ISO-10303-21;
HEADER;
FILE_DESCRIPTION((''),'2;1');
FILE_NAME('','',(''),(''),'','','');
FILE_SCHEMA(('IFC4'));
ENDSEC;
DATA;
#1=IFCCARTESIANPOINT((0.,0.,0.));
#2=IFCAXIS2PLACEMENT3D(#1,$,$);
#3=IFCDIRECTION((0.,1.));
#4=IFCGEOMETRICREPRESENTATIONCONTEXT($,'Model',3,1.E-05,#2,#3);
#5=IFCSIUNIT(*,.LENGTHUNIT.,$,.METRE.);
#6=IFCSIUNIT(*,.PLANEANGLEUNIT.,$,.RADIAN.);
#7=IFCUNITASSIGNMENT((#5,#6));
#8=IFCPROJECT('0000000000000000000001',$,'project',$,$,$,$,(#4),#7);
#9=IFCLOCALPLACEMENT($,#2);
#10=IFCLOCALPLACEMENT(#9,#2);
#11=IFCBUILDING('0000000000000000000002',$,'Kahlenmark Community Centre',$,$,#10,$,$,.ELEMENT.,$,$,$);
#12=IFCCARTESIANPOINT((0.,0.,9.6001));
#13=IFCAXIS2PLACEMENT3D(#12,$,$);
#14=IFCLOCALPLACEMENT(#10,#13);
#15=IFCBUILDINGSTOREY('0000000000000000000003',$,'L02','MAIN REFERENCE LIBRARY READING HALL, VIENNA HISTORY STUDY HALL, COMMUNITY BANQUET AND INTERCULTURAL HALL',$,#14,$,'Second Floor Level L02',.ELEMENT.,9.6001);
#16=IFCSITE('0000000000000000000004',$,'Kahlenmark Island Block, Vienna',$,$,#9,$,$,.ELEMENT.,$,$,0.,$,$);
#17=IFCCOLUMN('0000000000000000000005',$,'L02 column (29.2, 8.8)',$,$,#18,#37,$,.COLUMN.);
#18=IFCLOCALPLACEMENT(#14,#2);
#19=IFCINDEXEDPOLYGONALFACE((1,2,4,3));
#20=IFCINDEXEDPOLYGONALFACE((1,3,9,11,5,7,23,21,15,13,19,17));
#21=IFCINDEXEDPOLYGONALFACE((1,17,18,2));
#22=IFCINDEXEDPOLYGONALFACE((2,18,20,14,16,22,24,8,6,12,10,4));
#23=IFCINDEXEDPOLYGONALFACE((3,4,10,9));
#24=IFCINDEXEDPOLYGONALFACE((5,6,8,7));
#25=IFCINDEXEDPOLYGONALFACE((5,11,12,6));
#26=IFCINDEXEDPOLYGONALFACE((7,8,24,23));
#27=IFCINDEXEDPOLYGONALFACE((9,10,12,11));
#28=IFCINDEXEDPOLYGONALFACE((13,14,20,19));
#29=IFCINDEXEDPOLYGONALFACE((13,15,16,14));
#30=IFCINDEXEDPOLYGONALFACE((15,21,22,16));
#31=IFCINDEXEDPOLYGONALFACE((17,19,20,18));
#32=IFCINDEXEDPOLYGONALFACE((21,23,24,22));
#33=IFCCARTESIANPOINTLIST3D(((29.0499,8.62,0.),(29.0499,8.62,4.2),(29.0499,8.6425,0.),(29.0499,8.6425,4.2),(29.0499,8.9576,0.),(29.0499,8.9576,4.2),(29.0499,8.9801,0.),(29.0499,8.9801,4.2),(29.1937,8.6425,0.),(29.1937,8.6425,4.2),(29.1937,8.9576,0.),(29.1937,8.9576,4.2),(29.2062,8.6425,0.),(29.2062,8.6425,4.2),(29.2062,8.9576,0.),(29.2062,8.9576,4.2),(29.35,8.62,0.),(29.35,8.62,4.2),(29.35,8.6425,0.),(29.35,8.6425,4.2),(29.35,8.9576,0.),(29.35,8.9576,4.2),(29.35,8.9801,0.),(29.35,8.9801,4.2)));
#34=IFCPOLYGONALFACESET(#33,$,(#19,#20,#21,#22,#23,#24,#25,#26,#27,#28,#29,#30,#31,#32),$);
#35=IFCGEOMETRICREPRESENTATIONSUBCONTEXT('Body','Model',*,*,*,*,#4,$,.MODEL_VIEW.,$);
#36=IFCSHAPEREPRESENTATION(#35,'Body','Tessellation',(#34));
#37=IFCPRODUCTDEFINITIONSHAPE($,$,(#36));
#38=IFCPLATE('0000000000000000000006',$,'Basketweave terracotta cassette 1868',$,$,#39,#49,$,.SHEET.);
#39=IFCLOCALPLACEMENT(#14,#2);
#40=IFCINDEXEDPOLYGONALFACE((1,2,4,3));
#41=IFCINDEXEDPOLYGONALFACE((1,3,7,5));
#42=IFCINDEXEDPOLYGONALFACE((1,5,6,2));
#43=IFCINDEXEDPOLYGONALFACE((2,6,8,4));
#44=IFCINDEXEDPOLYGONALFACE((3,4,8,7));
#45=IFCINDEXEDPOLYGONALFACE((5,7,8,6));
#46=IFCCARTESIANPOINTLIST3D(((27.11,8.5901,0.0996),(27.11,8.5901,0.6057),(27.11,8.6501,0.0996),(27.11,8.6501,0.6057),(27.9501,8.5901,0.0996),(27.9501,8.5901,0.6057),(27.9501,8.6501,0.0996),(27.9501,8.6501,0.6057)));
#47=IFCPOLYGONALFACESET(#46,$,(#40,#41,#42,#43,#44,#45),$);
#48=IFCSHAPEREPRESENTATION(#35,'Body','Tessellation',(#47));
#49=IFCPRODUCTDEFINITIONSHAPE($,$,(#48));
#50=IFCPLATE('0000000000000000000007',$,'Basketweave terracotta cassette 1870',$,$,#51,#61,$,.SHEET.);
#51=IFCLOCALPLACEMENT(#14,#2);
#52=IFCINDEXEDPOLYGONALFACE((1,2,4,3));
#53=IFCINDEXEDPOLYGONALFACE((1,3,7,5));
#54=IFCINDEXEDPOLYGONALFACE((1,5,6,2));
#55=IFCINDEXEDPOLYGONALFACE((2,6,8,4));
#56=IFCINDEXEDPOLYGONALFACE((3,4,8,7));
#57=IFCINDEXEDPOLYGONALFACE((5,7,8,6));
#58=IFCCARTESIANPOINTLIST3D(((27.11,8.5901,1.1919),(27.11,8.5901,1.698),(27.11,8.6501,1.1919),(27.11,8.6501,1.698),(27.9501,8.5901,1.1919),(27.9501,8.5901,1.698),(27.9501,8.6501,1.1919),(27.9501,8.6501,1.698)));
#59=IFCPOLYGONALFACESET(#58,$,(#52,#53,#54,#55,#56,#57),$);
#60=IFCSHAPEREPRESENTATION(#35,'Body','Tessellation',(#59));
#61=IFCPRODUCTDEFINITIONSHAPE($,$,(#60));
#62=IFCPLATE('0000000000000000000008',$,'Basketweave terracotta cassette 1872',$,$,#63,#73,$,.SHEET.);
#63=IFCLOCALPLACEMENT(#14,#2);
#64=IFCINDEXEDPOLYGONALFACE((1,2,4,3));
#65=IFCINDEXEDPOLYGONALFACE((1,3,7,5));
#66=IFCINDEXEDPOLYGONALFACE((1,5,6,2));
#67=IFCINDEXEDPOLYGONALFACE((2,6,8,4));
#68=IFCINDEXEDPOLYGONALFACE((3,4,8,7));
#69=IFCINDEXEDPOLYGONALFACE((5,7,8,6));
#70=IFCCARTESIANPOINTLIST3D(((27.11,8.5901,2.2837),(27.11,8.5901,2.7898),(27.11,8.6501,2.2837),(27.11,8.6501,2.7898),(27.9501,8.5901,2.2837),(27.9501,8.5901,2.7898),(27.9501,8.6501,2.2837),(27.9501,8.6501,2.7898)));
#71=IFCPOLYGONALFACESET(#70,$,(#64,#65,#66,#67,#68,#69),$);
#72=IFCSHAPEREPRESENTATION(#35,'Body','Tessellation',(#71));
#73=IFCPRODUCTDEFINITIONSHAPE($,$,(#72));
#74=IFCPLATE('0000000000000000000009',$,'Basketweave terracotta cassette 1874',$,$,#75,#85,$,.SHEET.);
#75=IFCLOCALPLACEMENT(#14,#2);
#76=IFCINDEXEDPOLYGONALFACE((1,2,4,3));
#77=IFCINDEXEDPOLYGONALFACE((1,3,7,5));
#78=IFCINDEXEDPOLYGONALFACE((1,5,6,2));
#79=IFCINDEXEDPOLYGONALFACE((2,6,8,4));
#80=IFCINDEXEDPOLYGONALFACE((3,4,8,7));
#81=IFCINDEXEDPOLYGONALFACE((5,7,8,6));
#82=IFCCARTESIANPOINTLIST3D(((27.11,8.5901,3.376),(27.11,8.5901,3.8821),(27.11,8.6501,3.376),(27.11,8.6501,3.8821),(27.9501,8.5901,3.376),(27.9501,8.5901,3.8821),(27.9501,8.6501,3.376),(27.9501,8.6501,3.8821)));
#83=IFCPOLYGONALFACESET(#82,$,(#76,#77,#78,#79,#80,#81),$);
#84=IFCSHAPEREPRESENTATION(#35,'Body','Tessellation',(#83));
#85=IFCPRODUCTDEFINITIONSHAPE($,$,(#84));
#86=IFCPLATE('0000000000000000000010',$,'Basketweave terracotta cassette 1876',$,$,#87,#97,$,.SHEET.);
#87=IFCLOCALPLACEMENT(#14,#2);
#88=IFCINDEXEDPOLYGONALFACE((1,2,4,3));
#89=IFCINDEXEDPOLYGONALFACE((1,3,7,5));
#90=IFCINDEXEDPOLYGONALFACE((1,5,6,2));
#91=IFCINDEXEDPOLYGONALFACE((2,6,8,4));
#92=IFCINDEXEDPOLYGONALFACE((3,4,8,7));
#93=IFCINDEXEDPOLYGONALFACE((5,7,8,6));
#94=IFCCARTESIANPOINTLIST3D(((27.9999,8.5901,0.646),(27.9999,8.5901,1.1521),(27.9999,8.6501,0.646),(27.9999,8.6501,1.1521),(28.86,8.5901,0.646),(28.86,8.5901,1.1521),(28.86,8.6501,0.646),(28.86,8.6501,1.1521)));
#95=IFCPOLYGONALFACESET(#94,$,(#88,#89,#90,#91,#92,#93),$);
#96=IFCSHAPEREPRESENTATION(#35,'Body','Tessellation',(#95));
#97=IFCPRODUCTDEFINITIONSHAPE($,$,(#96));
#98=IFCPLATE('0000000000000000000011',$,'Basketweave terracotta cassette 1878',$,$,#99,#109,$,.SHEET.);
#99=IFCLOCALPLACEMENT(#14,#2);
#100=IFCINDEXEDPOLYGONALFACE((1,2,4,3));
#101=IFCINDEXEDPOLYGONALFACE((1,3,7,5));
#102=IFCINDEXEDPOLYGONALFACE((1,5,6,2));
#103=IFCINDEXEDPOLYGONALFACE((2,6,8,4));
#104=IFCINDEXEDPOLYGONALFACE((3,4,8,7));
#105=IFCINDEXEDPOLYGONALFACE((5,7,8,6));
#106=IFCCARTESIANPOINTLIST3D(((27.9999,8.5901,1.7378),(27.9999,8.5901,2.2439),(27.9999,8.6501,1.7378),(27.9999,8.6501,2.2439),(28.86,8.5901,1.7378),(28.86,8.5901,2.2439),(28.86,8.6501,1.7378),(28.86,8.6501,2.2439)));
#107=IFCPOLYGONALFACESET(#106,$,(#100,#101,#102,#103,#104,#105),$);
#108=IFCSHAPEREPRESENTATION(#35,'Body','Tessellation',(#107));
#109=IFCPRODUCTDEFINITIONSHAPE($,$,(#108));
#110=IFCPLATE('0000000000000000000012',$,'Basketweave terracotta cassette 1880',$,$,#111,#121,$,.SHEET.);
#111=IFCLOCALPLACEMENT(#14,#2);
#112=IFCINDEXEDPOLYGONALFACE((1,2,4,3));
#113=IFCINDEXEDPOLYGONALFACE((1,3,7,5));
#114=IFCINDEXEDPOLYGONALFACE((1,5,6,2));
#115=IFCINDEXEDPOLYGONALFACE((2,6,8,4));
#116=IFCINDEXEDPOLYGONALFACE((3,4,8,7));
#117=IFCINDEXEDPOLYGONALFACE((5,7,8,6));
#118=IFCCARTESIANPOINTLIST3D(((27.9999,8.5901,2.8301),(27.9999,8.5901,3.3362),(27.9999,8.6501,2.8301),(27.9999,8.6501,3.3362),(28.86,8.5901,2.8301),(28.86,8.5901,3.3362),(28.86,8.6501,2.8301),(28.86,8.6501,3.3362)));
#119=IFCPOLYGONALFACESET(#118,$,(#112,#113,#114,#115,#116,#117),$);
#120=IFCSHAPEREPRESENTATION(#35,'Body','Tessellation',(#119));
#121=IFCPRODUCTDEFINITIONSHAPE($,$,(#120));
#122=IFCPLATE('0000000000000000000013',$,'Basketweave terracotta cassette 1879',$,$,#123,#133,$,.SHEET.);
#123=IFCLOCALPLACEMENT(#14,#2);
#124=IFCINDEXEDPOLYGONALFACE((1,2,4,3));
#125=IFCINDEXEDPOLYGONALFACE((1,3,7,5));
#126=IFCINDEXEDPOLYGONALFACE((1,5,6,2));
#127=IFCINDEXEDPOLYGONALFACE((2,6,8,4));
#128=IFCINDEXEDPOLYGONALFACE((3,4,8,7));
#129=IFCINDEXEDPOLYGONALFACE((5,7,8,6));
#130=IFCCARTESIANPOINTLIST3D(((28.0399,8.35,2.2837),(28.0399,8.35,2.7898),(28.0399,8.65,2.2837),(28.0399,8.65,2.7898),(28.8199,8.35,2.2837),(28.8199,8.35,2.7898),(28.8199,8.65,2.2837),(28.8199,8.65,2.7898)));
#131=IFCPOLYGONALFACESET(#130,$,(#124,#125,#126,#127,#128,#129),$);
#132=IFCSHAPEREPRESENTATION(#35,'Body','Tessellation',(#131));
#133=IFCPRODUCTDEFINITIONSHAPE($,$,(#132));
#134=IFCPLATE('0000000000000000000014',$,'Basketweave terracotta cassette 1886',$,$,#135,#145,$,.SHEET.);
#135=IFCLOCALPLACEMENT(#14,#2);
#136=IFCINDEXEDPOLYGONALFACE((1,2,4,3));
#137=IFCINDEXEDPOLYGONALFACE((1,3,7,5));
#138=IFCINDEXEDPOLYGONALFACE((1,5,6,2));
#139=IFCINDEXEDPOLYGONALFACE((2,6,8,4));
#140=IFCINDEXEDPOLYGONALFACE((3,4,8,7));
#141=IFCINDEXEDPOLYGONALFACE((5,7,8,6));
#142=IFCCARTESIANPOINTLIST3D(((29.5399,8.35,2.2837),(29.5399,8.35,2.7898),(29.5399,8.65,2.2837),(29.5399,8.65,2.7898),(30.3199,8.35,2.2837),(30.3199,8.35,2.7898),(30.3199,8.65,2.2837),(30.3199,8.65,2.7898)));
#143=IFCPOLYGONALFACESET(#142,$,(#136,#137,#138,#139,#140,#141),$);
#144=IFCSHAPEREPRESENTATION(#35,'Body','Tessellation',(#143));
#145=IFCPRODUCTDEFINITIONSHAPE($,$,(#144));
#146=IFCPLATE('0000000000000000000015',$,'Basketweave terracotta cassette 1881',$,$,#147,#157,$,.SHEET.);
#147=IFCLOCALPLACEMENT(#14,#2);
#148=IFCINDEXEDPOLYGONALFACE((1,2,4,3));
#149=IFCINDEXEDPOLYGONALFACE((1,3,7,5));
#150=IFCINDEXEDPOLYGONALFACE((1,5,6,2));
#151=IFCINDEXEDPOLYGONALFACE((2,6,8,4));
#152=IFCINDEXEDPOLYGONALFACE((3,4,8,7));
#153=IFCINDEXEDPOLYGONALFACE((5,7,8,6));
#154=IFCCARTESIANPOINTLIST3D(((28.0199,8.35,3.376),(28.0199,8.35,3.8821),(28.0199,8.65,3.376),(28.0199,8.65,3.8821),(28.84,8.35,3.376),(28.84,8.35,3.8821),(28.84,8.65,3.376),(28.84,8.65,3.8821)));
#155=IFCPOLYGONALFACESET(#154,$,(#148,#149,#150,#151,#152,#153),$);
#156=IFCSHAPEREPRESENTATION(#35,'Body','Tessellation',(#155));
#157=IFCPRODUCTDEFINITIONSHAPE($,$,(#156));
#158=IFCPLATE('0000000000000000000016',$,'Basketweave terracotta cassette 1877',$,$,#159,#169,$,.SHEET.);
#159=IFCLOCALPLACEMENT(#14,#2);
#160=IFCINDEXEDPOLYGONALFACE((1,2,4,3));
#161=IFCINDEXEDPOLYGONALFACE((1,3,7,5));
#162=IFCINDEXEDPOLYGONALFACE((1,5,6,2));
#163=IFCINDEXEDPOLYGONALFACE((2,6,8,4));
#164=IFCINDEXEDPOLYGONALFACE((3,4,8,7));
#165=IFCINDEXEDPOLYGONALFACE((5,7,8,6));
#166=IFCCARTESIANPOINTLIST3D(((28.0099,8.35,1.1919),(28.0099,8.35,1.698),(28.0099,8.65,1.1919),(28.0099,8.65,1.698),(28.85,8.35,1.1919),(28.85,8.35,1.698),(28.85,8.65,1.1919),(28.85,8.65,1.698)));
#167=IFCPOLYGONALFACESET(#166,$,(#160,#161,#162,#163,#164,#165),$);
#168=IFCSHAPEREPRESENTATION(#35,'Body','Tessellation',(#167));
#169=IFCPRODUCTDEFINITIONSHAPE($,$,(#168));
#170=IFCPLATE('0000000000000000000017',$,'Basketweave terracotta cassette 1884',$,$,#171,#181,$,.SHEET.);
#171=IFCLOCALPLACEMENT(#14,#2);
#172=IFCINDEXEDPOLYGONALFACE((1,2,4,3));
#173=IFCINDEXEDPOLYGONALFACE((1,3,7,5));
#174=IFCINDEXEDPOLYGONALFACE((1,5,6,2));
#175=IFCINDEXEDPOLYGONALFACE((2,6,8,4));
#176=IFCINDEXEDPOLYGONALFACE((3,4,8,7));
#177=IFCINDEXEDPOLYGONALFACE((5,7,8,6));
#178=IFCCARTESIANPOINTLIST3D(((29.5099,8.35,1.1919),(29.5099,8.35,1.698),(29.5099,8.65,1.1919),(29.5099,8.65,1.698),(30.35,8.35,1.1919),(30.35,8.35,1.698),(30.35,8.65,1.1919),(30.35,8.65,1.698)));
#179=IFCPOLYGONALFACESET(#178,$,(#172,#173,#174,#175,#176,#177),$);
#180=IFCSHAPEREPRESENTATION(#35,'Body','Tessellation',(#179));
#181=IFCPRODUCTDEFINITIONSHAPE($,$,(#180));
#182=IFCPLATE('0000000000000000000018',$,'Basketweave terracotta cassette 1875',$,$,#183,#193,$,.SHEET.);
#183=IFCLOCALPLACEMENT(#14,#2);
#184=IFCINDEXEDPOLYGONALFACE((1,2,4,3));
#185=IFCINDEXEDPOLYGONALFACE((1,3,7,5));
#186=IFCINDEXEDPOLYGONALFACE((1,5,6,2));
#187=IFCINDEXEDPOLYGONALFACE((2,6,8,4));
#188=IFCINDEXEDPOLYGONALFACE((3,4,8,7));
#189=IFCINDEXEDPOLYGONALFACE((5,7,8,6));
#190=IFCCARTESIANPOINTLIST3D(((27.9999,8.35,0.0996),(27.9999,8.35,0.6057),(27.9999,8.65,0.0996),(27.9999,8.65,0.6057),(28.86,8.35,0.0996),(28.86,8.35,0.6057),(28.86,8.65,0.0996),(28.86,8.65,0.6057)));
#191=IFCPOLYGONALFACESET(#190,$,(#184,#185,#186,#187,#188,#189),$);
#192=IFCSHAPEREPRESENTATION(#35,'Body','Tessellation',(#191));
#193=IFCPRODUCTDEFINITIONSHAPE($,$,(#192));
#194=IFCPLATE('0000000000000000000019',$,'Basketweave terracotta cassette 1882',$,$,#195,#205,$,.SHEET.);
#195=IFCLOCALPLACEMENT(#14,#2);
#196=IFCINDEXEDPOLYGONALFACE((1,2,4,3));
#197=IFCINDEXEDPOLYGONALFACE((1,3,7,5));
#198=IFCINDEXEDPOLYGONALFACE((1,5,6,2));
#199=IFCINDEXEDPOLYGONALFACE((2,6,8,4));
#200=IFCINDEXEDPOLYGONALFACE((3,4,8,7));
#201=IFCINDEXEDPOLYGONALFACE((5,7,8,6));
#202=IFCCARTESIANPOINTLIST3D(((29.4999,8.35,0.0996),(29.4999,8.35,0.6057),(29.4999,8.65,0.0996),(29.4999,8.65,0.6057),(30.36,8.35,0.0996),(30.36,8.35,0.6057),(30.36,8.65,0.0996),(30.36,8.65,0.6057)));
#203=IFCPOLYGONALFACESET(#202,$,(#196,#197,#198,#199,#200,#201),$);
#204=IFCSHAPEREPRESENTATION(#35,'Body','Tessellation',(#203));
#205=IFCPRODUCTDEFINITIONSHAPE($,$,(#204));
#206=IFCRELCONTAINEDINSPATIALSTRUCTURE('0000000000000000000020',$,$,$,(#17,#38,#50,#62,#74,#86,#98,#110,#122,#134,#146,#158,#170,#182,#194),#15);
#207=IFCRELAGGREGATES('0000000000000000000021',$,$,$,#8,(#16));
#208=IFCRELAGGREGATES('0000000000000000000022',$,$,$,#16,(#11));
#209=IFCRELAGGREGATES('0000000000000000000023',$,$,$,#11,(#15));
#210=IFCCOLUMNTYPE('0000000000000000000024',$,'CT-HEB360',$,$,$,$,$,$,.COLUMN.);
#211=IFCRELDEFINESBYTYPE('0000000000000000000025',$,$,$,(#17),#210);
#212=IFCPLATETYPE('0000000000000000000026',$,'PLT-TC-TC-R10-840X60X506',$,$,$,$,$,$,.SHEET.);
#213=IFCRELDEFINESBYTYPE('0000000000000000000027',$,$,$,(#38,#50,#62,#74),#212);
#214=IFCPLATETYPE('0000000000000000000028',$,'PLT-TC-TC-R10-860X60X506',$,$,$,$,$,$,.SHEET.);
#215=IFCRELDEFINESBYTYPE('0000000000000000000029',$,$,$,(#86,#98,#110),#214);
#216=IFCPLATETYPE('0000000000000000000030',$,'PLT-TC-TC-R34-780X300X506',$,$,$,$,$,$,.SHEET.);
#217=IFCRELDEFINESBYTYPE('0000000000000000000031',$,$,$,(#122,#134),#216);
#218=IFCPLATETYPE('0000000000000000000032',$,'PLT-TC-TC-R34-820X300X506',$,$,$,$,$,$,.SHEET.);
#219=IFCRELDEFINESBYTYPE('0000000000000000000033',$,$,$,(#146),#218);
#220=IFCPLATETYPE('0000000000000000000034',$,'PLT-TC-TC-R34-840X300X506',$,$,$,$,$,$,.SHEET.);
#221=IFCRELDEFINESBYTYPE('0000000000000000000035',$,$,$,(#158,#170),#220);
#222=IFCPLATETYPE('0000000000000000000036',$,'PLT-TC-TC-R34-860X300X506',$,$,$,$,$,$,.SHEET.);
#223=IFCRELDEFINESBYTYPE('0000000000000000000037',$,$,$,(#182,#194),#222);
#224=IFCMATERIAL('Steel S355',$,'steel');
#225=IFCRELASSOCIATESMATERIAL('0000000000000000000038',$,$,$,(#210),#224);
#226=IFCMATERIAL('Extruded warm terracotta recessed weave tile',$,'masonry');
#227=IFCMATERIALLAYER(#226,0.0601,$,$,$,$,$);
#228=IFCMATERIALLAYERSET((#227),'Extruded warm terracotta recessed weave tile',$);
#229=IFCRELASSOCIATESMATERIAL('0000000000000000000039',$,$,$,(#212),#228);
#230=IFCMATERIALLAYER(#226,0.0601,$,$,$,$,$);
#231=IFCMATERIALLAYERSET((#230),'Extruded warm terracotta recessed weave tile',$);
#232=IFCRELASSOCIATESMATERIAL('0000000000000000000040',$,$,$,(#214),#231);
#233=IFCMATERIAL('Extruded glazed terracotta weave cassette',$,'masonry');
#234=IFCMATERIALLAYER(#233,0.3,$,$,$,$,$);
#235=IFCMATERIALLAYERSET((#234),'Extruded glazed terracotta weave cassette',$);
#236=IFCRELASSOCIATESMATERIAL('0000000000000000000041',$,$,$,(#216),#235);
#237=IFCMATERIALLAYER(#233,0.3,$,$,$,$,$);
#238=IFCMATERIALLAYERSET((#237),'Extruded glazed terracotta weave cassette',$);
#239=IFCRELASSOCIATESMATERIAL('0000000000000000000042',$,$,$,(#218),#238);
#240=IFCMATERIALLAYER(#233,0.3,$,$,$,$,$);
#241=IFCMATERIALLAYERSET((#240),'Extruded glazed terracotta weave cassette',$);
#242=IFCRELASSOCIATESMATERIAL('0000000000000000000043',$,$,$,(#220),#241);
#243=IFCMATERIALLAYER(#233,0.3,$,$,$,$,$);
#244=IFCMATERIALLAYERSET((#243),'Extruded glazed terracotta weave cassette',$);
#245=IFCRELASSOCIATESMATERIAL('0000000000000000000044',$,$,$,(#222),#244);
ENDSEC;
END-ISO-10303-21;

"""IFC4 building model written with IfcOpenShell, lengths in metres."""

from ifc_helpers import new_model, si_unit, direction, frame, origin, origin_2d, place, context, subcontext, project, spatial, rectangle, i_section, extrude, material, layer, layer_set, material_profile, profile_set, type_object, element, save


model = new_model("IFC4")

# Units and contexts
model_context = context("Model", 3, precision=1e-05, world=origin(), true_north=direction((0.0, 1.0)))
body_context = subcontext(model_context, "Body", "Model", "MODEL_VIEW")
ifc_project = project(units=[si_unit("LENGTHUNIT", "METRE"), si_unit("PLANEANGLEUNIT", "RADIAN")], contexts=[model_context])

# Site, building, storey
site_placement = place(None, origin())
site = spatial("IfcSite", under=ifc_project, at=site_placement, Name="Kahlenmark Island Block, Vienna", CompositionType="ELEMENT", RefElevation=0.0)
building_placement = place(site_placement, origin())
building = spatial("IfcBuilding", under=site, at=building_placement, Name="Kahlenmark Community Centre", CompositionType="ELEMENT")
storey_placement = place(building_placement, frame((0.0, 0.0, 9.6001)))
storey = spatial("IfcBuildingStorey", under=building, at=storey_placement, Name="L02", Description="MAIN REFERENCE LIBRARY READING HALL, VIENNA HISTORY STUDY HALL, COMMUNITY BANQUET AND INTERCULTURAL HALL", LongName="Second Floor Level L02", CompositionType="ELEMENT", Elevation=9.6001)

# Column
ifc_material_1 = material(Name="Steel S355", Category="steel")
ifc_material_profile = material_profile(ifc_material_1, i_section(OverallWidth=0.3, OverallDepth=0.3601, WebThickness=0.0125, FlangeThickness=0.0225, at=origin_2d()), Name="HEB 360")
ifc_profile_set = profile_set([ifc_material_profile], Name="Steel S355")
column_type = type_object("IfcColumnType", Name="CT-HEB360", PredefinedType="COLUMN", material=ifc_profile_set)
column_placement = place(storey_placement, frame((29.2, 8.8, 0.0), z_axis=(0.0, 0.0, 1.0), x_axis=(1.0, 0.0, 0.0)))
element("IfcColumn", 1, at=column_placement, inside=storey, type_object=column_type, Name="L02 column (29.2, 8.8)", PredefinedType="COLUMN", context=body_context, shape_type="SweptSolid", body=[
    extrude(i_section(OverallWidth=0.3, OverallDepth=0.3601, WebThickness=0.0125, FlangeThickness=0.0225, at=origin_2d()), origin(), (0.0, 0.0, 1.0), 4.2),
])

# Plates
ifc_material_2 = material(Name="Extruded warm terracotta recessed weave tile", Category="masonry")
ifc_layer_1 = layer(ifc_material_2, 0.0601)
ifc_layer_set_1 = layer_set([ifc_layer_1], Name="Extruded warm terracotta recessed weave tile")
plate_type_1 = type_object("IfcPlateType", Name="PLT-TC-TC-R10-840X60X506", PredefinedType="SHEET", material=ifc_layer_set_1)
for number, where, z_axis, x_axis, name in (
    (2, (27.53, 8.6201, 0.0996), (0.0, 0.0, 1.0), (1.0, 0.0, 0.0), "Basketweave terracotta cassette 1868"),
    (3, (27.53, 8.6201, 1.1919), (0.0, 0.0, 1.0), (1.0, 0.0, 0.0), "Basketweave terracotta cassette 1870"),
    (4, (27.53, 8.6201, 2.2837), (0.0, 0.0, 1.0), (1.0, 0.0, 0.0), "Basketweave terracotta cassette 1872"),
    (5, (27.53, 8.6201, 3.376), (0.0, 0.0, 1.0), (1.0, 0.0, 0.0), "Basketweave terracotta cassette 1874"),
):
    element("IfcPlate", number, at=place(storey_placement, frame(where, z_axis=z_axis, x_axis=x_axis)), inside=storey, type_object=plate_type_1, Name=name, PredefinedType="SHEET", context=body_context, shape_type="SweptSolid", body=[
        extrude(rectangle(XDim=0.8401, YDim=0.0601, at=origin_2d()), origin(), (0.0, 0.0, 1.0), 0.5061),
    ])
ifc_layer_2 = layer(ifc_material_2, 0.0601)
ifc_layer_set_2 = layer_set([ifc_layer_2], Name="Extruded warm terracotta recessed weave tile")
plate_type_2 = type_object("IfcPlateType", Name="PLT-TC-TC-R10-860X60X506", PredefinedType="SHEET", material=ifc_layer_set_2)
for number, where, z_axis, x_axis, name in (
    (6, (28.4299, 8.6201, 0.646), (0.0, 0.0, 1.0), (1.0, 0.0, 0.0), "Basketweave terracotta cassette 1876"),
    (7, (28.4299, 8.6201, 1.7378), (0.0, 0.0, 1.0), (1.0, 0.0, 0.0), "Basketweave terracotta cassette 1878"),
    (8, (28.4299, 8.6201, 2.8301), (0.0, 0.0, 1.0), (1.0, 0.0, 0.0), "Basketweave terracotta cassette 1880"),
):
    element("IfcPlate", number, at=place(storey_placement, frame(where, z_axis=z_axis, x_axis=x_axis)), inside=storey, type_object=plate_type_2, Name=name, PredefinedType="SHEET", context=body_context, shape_type="SweptSolid", body=[
        extrude(rectangle(XDim=0.8601, YDim=0.0601, at=origin_2d()), origin(), (0.0, 0.0, 1.0), 0.5061),
    ])
ifc_material_3 = material(Name="Extruded glazed terracotta weave cassette", Category="masonry")
ifc_layer_3 = layer(ifc_material_3, 0.3)
ifc_layer_set_3 = layer_set([ifc_layer_3], Name="Extruded glazed terracotta weave cassette")
plate_type_3 = type_object("IfcPlateType", Name="PLT-TC-TC-R34-780X300X506", PredefinedType="SHEET", material=ifc_layer_set_3)
for number, where, z_axis, x_axis, name in (
    (9, (28.4299, 8.5, 2.2837), (0.0, 0.0, 1.0), (1.0, 0.0, 0.0), "Basketweave terracotta cassette 1879"),
    (10, (29.9299, 8.5, 2.2837), (0.0, 0.0, 1.0), (1.0, 0.0, 0.0), "Basketweave terracotta cassette 1886"),
):
    element("IfcPlate", number, at=place(storey_placement, frame(where, z_axis=z_axis, x_axis=x_axis)), inside=storey, type_object=plate_type_3, Name=name, PredefinedType="SHEET", context=body_context, shape_type="SweptSolid", body=[
        extrude(rectangle(XDim=0.78, YDim=0.3, at=origin_2d()), origin(), (0.0, 0.0, 1.0), 0.5061),
    ])
ifc_layer_4 = layer(ifc_material_3, 0.3)
ifc_layer_set_4 = layer_set([ifc_layer_4], Name="Extruded glazed terracotta weave cassette")
plate_type_4 = type_object("IfcPlateType", Name="PLT-TC-TC-R34-820X300X506", PredefinedType="SHEET", material=ifc_layer_set_4)
plate_1_placement = place(storey_placement, frame((28.4299, 8.5, 3.376), z_axis=(0.0, 0.0, 1.0), x_axis=(1.0, 0.0, 0.0)))
element("IfcPlate", 11, at=plate_1_placement, inside=storey, type_object=plate_type_4, Name="Basketweave terracotta cassette 1881", PredefinedType="SHEET", context=body_context, shape_type="SweptSolid", body=[
    extrude(rectangle(XDim=0.8201, YDim=0.3, at=origin_2d()), origin(), (0.0, 0.0, 1.0), 0.5061),
])
ifc_layer_5 = layer(ifc_material_3, 0.3)
ifc_layer_set_5 = layer_set([ifc_layer_5], Name="Extruded glazed terracotta weave cassette")
plate_type_5 = type_object("IfcPlateType", Name="PLT-TC-TC-R34-840X300X506", PredefinedType="SHEET", material=ifc_layer_set_5)
for number, where, z_axis, x_axis, name in (
    (12, (28.4299, 8.5, 1.1919), (0.0, 0.0, 1.0), (1.0, 0.0, 0.0), "Basketweave terracotta cassette 1877"),
    (13, (29.9299, 8.5, 1.1919), (0.0, 0.0, 1.0), (1.0, 0.0, 0.0), "Basketweave terracotta cassette 1884"),
):
    element("IfcPlate", number, at=place(storey_placement, frame(where, z_axis=z_axis, x_axis=x_axis)), inside=storey, type_object=plate_type_5, Name=name, PredefinedType="SHEET", context=body_context, shape_type="SweptSolid", body=[
        extrude(rectangle(XDim=0.8401, YDim=0.3, at=origin_2d()), origin(), (0.0, 0.0, 1.0), 0.5061),
    ])
ifc_layer_6 = layer(ifc_material_3, 0.3)
ifc_layer_set_6 = layer_set([ifc_layer_6], Name="Extruded glazed terracotta weave cassette")
plate_type_6 = type_object("IfcPlateType", Name="PLT-TC-TC-R34-860X300X506", PredefinedType="SHEET", material=ifc_layer_set_6)
for number, where, z_axis, x_axis, name in (
    (14, (28.4299, 8.5, 0.0996), (0.0, 0.0, 1.0), (1.0, 0.0, 0.0), "Basketweave terracotta cassette 1875"),
    (15, (29.9299, 8.5, 0.0996), (0.0, 0.0, 1.0), (1.0, 0.0, 0.0), "Basketweave terracotta cassette 1882"),
):
    element("IfcPlate", number, at=place(storey_placement, frame(where, z_axis=z_axis, x_axis=x_axis)), inside=storey, type_object=plate_type_6, Name=name, PredefinedType="SHEET", context=body_context, shape_type="SweptSolid", body=[
        extrude(rectangle(XDim=0.8601, YDim=0.3, at=origin_2d()), origin(), (0.0, 0.0, 1.0), 0.5061),
    ])

save(model, "model.ifc")
